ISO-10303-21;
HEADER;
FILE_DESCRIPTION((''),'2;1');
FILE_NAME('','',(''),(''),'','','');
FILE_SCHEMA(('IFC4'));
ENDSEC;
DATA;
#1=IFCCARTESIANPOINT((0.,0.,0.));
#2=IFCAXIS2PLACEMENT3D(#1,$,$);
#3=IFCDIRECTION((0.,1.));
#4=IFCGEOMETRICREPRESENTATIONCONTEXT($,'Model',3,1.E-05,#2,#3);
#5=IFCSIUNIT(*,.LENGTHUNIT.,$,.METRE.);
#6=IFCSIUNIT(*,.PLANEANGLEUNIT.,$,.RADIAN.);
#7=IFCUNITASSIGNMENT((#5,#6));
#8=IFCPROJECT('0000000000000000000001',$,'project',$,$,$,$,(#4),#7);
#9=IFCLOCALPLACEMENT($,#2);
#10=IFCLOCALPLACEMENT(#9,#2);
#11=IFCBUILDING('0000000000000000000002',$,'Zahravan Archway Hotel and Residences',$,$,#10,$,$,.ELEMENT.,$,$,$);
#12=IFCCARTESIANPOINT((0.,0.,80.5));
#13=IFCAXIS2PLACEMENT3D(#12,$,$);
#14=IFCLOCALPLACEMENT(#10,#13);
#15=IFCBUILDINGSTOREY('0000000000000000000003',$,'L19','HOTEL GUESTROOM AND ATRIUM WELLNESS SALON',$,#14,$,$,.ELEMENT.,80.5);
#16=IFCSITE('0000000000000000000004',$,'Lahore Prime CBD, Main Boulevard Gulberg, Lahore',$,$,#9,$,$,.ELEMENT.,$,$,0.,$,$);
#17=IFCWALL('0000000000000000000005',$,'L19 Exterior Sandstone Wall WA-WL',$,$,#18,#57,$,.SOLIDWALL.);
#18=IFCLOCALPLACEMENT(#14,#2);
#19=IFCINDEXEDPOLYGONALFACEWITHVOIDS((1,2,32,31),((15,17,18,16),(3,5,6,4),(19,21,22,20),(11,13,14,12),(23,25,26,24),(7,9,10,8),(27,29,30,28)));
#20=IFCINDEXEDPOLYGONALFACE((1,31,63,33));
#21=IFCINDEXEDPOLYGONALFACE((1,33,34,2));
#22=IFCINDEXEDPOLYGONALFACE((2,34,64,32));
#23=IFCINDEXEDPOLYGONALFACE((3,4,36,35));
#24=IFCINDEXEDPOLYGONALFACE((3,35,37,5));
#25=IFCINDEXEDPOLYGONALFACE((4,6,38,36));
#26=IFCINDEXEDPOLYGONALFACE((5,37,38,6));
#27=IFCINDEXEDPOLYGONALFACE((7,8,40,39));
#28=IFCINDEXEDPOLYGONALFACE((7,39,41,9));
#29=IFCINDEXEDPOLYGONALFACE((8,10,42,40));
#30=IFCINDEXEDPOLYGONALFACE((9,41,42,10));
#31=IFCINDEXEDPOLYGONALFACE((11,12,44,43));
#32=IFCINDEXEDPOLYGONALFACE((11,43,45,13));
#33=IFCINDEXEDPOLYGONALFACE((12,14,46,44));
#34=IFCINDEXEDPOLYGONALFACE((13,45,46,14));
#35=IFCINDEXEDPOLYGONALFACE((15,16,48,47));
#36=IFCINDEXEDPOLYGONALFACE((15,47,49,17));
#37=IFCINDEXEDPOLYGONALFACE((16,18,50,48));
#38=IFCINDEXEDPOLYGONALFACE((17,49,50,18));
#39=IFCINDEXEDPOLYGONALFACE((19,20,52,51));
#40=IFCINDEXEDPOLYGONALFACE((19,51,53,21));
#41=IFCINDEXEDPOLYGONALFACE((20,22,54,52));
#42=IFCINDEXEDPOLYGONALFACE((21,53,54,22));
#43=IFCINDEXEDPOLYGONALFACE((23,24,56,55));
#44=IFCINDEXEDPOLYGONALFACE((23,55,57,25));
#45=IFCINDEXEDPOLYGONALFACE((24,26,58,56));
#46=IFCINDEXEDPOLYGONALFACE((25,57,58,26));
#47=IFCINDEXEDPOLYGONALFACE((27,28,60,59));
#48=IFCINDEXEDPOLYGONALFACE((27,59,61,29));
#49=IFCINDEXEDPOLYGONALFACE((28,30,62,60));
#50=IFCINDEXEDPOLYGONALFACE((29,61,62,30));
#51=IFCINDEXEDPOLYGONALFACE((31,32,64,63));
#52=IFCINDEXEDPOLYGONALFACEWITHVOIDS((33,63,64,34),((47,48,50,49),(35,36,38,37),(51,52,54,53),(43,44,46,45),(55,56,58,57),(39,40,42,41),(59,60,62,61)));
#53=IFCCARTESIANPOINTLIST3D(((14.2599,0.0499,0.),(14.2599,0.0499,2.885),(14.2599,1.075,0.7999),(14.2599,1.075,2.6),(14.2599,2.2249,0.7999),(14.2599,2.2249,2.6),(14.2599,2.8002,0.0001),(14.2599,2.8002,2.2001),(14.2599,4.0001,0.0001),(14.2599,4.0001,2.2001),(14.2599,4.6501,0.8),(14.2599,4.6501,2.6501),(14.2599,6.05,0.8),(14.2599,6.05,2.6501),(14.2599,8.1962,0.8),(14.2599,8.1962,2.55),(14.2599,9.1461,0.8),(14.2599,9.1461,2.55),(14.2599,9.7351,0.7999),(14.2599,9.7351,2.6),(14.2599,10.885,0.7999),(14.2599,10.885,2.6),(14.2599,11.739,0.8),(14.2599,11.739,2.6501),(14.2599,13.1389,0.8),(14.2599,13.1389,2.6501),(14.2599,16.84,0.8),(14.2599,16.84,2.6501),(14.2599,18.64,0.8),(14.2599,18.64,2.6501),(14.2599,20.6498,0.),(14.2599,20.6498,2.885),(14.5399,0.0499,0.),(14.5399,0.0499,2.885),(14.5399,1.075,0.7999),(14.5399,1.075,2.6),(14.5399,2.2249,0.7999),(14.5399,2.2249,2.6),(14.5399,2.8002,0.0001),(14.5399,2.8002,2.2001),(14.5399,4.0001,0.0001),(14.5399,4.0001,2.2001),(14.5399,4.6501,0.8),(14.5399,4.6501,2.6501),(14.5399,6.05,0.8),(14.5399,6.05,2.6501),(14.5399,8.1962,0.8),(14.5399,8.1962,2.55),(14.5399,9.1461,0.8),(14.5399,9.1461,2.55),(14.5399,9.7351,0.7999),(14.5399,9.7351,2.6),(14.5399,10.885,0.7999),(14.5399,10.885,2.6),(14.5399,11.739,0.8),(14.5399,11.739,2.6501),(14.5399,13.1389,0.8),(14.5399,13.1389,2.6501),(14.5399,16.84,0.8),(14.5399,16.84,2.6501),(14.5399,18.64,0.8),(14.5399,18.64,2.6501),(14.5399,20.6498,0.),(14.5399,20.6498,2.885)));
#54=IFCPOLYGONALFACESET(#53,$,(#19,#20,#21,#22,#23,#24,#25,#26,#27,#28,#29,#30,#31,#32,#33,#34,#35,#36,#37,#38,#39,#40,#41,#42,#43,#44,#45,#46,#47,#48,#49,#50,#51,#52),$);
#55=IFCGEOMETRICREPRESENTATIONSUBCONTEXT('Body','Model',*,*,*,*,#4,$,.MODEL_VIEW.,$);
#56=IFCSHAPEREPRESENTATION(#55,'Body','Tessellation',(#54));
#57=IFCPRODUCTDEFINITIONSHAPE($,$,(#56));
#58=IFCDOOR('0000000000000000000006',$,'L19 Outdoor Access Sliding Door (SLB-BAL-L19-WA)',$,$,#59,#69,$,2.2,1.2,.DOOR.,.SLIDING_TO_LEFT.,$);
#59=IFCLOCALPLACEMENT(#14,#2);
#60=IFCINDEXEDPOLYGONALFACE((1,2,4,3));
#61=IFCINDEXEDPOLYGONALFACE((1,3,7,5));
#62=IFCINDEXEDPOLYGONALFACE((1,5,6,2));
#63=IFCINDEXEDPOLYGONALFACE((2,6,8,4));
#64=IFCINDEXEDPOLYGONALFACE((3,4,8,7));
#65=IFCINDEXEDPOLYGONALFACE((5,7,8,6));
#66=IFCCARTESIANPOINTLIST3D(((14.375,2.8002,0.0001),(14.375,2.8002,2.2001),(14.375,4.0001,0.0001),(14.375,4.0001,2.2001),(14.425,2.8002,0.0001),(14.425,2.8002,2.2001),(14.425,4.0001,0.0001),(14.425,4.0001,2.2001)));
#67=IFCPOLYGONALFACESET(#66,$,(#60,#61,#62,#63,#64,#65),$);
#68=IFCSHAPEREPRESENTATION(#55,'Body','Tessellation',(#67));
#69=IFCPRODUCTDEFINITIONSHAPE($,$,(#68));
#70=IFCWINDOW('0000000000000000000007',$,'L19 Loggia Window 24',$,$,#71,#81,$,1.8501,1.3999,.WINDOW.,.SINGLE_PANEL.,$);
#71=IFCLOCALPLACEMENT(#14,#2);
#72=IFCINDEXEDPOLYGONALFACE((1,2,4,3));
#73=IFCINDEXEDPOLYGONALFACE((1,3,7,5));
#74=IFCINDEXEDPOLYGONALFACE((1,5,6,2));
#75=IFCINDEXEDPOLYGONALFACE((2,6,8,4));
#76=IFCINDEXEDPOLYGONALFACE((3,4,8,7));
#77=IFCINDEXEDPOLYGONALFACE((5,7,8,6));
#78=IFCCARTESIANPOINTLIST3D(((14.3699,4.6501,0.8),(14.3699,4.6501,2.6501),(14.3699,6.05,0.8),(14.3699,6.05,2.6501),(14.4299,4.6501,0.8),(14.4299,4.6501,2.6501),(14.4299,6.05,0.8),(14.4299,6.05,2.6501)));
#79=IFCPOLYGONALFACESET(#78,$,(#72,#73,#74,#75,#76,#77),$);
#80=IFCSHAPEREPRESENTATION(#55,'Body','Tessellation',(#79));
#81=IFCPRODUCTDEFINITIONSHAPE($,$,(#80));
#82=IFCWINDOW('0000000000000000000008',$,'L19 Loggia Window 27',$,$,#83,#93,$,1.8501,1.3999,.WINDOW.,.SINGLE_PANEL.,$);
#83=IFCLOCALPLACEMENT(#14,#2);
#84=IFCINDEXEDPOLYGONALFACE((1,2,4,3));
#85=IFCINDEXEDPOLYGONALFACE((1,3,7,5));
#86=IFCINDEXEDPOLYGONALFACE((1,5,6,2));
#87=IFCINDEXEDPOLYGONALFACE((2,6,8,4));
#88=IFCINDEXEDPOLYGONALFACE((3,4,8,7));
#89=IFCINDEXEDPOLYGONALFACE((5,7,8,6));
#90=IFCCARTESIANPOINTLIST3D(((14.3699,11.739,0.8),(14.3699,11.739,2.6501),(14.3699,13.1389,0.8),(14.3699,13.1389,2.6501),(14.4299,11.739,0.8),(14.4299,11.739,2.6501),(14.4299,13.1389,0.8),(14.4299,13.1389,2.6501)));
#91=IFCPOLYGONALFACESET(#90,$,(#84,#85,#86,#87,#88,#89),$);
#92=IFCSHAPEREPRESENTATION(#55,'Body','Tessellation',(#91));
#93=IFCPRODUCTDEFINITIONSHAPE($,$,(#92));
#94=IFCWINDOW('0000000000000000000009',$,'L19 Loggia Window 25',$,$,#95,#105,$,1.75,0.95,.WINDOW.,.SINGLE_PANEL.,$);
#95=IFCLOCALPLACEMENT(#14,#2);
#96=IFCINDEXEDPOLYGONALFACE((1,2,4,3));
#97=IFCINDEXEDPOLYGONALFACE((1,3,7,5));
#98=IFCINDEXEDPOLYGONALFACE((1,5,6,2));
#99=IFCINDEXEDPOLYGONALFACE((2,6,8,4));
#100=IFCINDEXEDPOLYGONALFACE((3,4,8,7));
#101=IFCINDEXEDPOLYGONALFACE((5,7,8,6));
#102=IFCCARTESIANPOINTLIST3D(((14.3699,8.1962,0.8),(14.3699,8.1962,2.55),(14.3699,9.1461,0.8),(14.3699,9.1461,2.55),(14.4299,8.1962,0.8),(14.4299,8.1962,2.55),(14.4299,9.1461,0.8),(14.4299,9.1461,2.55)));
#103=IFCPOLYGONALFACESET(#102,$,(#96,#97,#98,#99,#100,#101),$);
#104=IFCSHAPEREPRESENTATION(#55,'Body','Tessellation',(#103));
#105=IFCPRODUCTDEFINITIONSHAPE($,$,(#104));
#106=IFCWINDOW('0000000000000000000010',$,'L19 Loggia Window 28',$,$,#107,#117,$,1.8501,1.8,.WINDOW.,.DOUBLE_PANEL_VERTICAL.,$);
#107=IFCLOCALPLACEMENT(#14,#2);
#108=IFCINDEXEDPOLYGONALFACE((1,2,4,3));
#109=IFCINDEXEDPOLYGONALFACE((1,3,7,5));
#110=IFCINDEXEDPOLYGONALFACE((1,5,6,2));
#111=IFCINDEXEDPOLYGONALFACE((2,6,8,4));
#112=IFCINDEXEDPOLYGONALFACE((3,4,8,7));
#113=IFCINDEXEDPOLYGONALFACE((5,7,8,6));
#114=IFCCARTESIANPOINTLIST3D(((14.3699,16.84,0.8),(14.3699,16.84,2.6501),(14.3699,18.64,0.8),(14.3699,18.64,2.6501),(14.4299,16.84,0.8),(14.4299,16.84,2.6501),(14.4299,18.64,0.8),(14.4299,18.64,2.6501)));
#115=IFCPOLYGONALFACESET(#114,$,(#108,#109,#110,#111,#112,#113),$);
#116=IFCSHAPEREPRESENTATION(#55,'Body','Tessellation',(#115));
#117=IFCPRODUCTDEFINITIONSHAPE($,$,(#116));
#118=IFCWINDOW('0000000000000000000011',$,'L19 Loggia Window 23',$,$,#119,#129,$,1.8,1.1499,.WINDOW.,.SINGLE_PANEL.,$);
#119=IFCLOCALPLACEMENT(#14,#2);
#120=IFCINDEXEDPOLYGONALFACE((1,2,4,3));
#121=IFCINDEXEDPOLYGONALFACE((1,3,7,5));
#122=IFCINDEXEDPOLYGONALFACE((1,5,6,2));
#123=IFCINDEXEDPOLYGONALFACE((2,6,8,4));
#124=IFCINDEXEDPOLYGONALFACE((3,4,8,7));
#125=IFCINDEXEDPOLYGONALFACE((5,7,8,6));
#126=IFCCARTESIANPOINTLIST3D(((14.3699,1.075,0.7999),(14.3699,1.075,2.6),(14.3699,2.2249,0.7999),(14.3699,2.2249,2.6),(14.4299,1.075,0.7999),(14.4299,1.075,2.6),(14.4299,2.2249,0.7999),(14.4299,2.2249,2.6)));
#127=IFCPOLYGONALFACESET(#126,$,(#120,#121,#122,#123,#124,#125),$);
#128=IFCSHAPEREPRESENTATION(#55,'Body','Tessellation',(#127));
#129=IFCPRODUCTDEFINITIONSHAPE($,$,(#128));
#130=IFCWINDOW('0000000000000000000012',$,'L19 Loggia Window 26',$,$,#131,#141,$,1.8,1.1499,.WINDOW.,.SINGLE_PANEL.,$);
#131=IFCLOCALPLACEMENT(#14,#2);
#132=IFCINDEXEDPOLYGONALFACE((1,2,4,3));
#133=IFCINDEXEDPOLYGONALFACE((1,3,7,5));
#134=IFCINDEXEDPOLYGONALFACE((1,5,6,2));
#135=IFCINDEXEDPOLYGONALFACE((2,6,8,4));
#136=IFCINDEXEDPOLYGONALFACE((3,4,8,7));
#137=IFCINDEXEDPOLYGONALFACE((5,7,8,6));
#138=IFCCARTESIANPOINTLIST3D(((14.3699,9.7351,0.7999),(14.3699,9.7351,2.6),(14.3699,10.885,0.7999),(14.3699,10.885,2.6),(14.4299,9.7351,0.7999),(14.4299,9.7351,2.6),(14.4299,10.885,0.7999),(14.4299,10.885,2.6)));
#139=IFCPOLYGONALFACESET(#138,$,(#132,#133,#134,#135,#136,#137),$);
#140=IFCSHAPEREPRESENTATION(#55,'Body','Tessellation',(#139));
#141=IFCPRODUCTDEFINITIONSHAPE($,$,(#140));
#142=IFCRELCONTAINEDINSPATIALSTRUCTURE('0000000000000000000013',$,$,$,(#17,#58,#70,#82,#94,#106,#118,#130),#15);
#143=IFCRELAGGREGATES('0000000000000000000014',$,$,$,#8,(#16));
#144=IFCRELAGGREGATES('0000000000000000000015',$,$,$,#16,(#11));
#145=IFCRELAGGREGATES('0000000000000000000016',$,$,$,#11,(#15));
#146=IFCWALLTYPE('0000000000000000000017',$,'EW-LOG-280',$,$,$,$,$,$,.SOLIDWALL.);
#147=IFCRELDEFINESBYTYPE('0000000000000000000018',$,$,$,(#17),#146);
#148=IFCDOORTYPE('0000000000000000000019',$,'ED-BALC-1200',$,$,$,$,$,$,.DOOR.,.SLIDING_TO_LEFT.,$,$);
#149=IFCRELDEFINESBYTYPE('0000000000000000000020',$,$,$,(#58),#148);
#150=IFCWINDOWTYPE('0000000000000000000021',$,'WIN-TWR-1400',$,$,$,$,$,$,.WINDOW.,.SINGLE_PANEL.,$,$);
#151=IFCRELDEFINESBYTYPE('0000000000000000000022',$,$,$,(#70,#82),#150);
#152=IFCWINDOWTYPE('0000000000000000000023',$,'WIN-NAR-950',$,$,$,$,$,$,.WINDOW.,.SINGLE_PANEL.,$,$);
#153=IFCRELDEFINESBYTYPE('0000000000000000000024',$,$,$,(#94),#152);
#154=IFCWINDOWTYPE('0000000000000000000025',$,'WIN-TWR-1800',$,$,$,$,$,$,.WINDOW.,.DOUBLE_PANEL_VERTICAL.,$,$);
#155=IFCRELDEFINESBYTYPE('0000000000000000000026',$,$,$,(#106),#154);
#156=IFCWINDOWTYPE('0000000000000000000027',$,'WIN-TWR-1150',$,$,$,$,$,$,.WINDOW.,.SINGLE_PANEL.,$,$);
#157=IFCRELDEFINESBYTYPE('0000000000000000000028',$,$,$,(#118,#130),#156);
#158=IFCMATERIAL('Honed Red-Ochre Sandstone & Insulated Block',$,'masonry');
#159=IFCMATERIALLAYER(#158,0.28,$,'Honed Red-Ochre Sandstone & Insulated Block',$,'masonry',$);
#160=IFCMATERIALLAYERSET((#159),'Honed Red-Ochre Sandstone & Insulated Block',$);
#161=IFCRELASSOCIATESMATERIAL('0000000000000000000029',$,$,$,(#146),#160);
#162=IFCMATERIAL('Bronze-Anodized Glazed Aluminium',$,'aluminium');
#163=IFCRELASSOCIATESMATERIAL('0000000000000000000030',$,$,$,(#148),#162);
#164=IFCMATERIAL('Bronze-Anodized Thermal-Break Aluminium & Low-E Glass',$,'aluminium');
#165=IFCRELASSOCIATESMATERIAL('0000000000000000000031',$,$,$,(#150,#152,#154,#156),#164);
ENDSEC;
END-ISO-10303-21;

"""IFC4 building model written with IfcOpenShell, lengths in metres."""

from ifc_helpers import new_model, si_unit, direction, frame, frame_2d, origin, place, context, subcontext, project, spatial, rectangle, extrude, source, transform, mapped, material, layer, layer_set, type_object, type_shapes, element, fill, save


model = new_model("IFC4")

# Units and contexts
model_context = context("Model", 3, precision=1e-05, world=origin(), true_north=direction((0.0, 1.0)))
body_context = subcontext(model_context, "Body", "Model", "MODEL_VIEW")
ifc_project = project(units=[si_unit("LENGTHUNIT", "METRE"), si_unit("PLANEANGLEUNIT", "RADIAN")], contexts=[model_context])

# Site, building, storey
site_placement = place(None, origin())
site = spatial("IfcSite", under=ifc_project, at=site_placement, Name="Lahore Prime CBD, Main Boulevard Gulberg, Lahore", CompositionType="ELEMENT", RefElevation=0.0)
building_placement = place(site_placement, origin())
building = spatial("IfcBuilding", under=site, at=building_placement, Name="Zahravan Archway Hotel and Residences", CompositionType="ELEMENT")
storey_placement = place(building_placement, frame((0.0, 0.0, 80.5)))
storey = spatial("IfcBuildingStorey", under=building, at=storey_placement, Name="L19", Description="HOTEL GUESTROOM AND ATRIUM WELLNESS SALON", CompositionType="ELEMENT", Elevation=80.5)

# Wall, openings, door, windows
ifc_material_1 = material(Name="Honed Red-Ochre Sandstone & Insulated Block", Category="masonry")
ifc_layer = layer(ifc_material_1, 0.28, Name="Honed Red-Ochre Sandstone & Insulated Block", Category="masonry")
ifc_layer_set = layer_set([ifc_layer], Name="Honed Red-Ochre Sandstone & Insulated Block")
wall_type = type_object("IfcWallType", Name="EW-LOG-280", PredefinedType="SOLIDWALL", material=ifc_layer_set)
wall_placement = place(storey_placement, frame((14.3999, 0.05, 0.0), z_axis=(0.0, 0.0, 1.0), x_axis=(0.0, 1.0, 0.0)))
wall = element("IfcWall", 1, at=wall_placement, inside=storey, type_object=wall_type, Name="L19 Exterior Sandstone Wall WA-WL", PredefinedType="SOLIDWALL", context=body_context, shape_type="SweptSolid", body=[
    extrude(rectangle(XDim=20.5999, YDim=0.28, at=frame_2d((10.2998, 0.0))), origin(), (0.0, 0.0, 1.0), 2.885),
])
opening_1_placement = place(wall_placement, frame((2.75, 0.0, 0.0)))
opening_1 = element("IfcOpeningElement", 2, at=opening_1_placement, cuts=wall, PredefinedType="OPENING", context=body_context, shape_type="SweptSolid", body=[
    extrude(rectangle(XDim=1.2, YDim=2.2, at=frame_2d((0.6001, 1.1001))), frame((0.0, 0.1499, 0.0), z_axis=(0.0, -1.0, 0.0), x_axis=(1.0, 0.0, 0.0)), (0.0, 0.0, 1.0), 0.3),
])
opening_2_placement = place(wall_placement, frame((1.0249, 0.0, 0.8)))
opening_2 = element("IfcOpeningElement", 3, at=opening_2_placement, cuts=wall, PredefinedType="OPENING", context=body_context, shape_type="SweptSolid", body=[
    extrude(rectangle(XDim=1.1499, YDim=1.8, at=frame_2d((0.575, 0.8999))), frame((0.0, 0.1499, 0.0), z_axis=(0.0, -1.0, 0.0), x_axis=(1.0, 0.0, 0.0)), (0.0, 0.0, 1.0), 0.3),
])
opening_3_placement = place(wall_placement, frame((4.6001, 0.0, 0.8)))
opening_3 = element("IfcOpeningElement", 4, at=opening_3_placement, cuts=wall, PredefinedType="OPENING", context=body_context, shape_type="SweptSolid", body=[
    extrude(rectangle(XDim=1.3999, YDim=1.8501, at=frame_2d((0.7, 0.925))), frame((0.0, 0.1499, 0.0), z_axis=(0.0, -1.0, 0.0), x_axis=(1.0, 0.0, 0.0)), (0.0, 0.0, 1.0), 0.3),
])
opening_4_placement = place(wall_placement, frame((8.146, 0.0, 0.8)))
opening_4 = element("IfcOpeningElement", 5, at=opening_4_placement, cuts=wall, PredefinedType="OPENING", context=body_context, shape_type="SweptSolid", body=[
    extrude(rectangle(XDim=0.95, YDim=1.75, at=frame_2d((0.4751, 0.875))), frame((0.0, 0.1499, 0.0), z_axis=(0.0, -1.0, 0.0), x_axis=(1.0, 0.0, 0.0)), (0.0, 0.0, 1.0), 0.3),
])
opening_5_placement = place(wall_placement, frame((9.6851, 0.0, 0.8)))
opening_5 = element("IfcOpeningElement", 6, at=opening_5_placement, cuts=wall, PredefinedType="OPENING", context=body_context, shape_type="SweptSolid", body=[
    extrude(rectangle(XDim=1.1499, YDim=1.8, at=frame_2d((0.575, 0.8999))), frame((0.0, 0.1499, 0.0), z_axis=(0.0, -1.0, 0.0), x_axis=(1.0, 0.0, 0.0)), (0.0, 0.0, 1.0), 0.3),
])
opening_6_placement = place(wall_placement, frame((11.689, 0.0, 0.8)))
opening_6 = element("IfcOpeningElement", 7, at=opening_6_placement, cuts=wall, PredefinedType="OPENING", context=body_context, shape_type="SweptSolid", body=[
    extrude(rectangle(XDim=1.3999, YDim=1.8501, at=frame_2d((0.7, 0.925))), frame((0.0, 0.1499, 0.0), z_axis=(0.0, -1.0, 0.0), x_axis=(1.0, 0.0, 0.0)), (0.0, 0.0, 1.0), 0.3),
])
opening_7_placement = place(wall_placement, frame((16.79, 0.0, 0.8)))
opening_7 = element("IfcOpeningElement", 8, at=opening_7_placement, cuts=wall, PredefinedType="OPENING", context=body_context, shape_type="SweptSolid", body=[
    extrude(rectangle(XDim=1.8, YDim=1.8501, at=frame_2d((0.8999, 0.925))), frame((0.0, 0.1499, 0.0), z_axis=(0.0, -1.0, 0.0), x_axis=(1.0, 0.0, 0.0)), (0.0, 0.0, 1.0), 0.3),
])
ifc_material_2 = material(Name="Bronze-Anodized Glazed Aluminium", Category="aluminium")
door_type = type_object("IfcDoorType", Name="ED-BALC-1200", OperationType="SLIDING_TO_LEFT", PredefinedType="DOOR", material=ifc_material_2)
shared_shape_1 = source(origin(), body_context, "Body", "SweptSolid", [
    extrude(rectangle(XDim=1.2, YDim=2.2, at=frame_2d((0.6001, 1.1001))), frame((0.0, 0.0249, 0.0), z_axis=(0.0, -1.0, 0.0), x_axis=(1.0, 0.0, 0.0)), (0.0, 0.0, 1.0), 0.05),
])
type_shapes(door_type, [shared_shape_1])
door_placement = place(opening_1_placement, origin())
door = element("IfcDoor", 9, at=door_placement, inside=storey, type_object=door_type, Name="L19 Outdoor Access Sliding Door (SLB-BAL-L19-WA)", OperationType="SLIDING_TO_LEFT", OverallHeight=2.2, OverallWidth=1.2, PredefinedType="DOOR", context=body_context, shape_type="MappedRepresentation", body=[
    mapped(shared_shape_1, transform((0.0, 0.0, 0.0), scale=1.0)),
])
fill(opening_1, door)
ifc_material_3 = material(Name="Bronze-Anodized Thermal-Break Aluminium & Low-E Glass", Category="aluminium")
window_type_1 = type_object("IfcWindowType", Name="WIN-TWR-1400", PartitioningType="SINGLE_PANEL", PredefinedType="WINDOW", material=ifc_material_3)
shared_shape_2 = source(origin(), body_context, "Body", "SweptSolid", [
    extrude(rectangle(XDim=1.3999, YDim=1.8501, at=frame_2d((0.7, 0.925))), frame((0.0, 0.03, 0.0), z_axis=(0.0, -1.0, 0.0), x_axis=(1.0, 0.0, 0.0)), (0.0, 0.0, 1.0), 0.0601),
])
type_shapes(window_type_1, [shared_shape_2])
window_1_placement = place(opening_3_placement, origin())
window_1 = element("IfcWindow", 10, at=window_1_placement, inside=storey, type_object=window_type_1, Name="L19 Loggia Window 24", OverallHeight=1.8501, OverallWidth=1.3999, PartitioningType="SINGLE_PANEL", PredefinedType="WINDOW", context=body_context, shape_type="MappedRepresentation", body=[
    mapped(shared_shape_2, transform((0.0, 0.0, 0.0), scale=1.0)),
])
fill(opening_3, window_1)
window_2_placement = place(opening_6_placement, origin())
window_2 = element("IfcWindow", 11, at=window_2_placement, inside=storey, type_object=window_type_1, Name="L19 Loggia Window 27", OverallHeight=1.8501, OverallWidth=1.3999, PartitioningType="SINGLE_PANEL", PredefinedType="WINDOW", context=body_context, shape_type="MappedRepresentation", body=[
    mapped(shared_shape_2, transform((0.0, 0.0, 0.0), scale=1.0)),
])
fill(opening_6, window_2)
window_type_2 = type_object("IfcWindowType", Name="WIN-NAR-950", PartitioningType="SINGLE_PANEL", PredefinedType="WINDOW", material=ifc_material_3)
shared_shape_3 = source(origin(), body_context, "Body", "SweptSolid", [
    extrude(rectangle(XDim=0.95, YDim=1.75, at=frame_2d((0.4751, 0.875))), frame((0.0, 0.03, 0.0), z_axis=(0.0, -1.0, 0.0), x_axis=(1.0, 0.0, 0.0)), (0.0, 0.0, 1.0), 0.0601),
])
type_shapes(window_type_2, [shared_shape_3])
window_3_placement = place(opening_4_placement, origin())
window_3 = element("IfcWindow", 12, at=window_3_placement, inside=storey, type_object=window_type_2, Name="L19 Loggia Window 25", OverallHeight=1.75, OverallWidth=0.95, PartitioningType="SINGLE_PANEL", PredefinedType="WINDOW", context=body_context, shape_type="MappedRepresentation", body=[
    mapped(shared_shape_3, transform((0.0, 0.0, 0.0), scale=1.0)),
])
fill(opening_4, window_3)
window_type_3 = type_object("IfcWindowType", Name="WIN-TWR-1800", PartitioningType="DOUBLE_PANEL_VERTICAL", PredefinedType="WINDOW", material=ifc_material_3)
shared_shape_4 = source(origin(), body_context, "Body", "SweptSolid", [
    extrude(rectangle(XDim=1.8, YDim=1.8501, at=frame_2d((0.8999, 0.925))), frame((0.0, 0.03, 0.0), z_axis=(0.0, -1.0, 0.0), x_axis=(1.0, 0.0, 0.0)), (0.0, 0.0, 1.0), 0.0601),
])
type_shapes(window_type_3, [shared_shape_4])
window_4_placement = place(opening_7_placement, origin())
window_4 = element("IfcWindow", 13, at=window_4_placement, inside=storey, type_object=window_type_3, Name="L19 Loggia Window 28", OverallHeight=1.8501, OverallWidth=1.8, PartitioningType="DOUBLE_PANEL_VERTICAL", PredefinedType="WINDOW", context=body_context, shape_type="MappedRepresentation", body=[
    mapped(shared_shape_4, transform((0.0, 0.0, 0.0), scale=1.0)),
])
fill(opening_7, window_4)
window_type_4 = type_object("IfcWindowType", Name="WIN-TWR-1150", PartitioningType="SINGLE_PANEL", PredefinedType="WINDOW", material=ifc_material_3)
shared_shape_5 = source(origin(), body_context, "Body", "SweptSolid", [
    extrude(rectangle(XDim=1.1499, YDim=1.8, at=frame_2d((0.575, 0.8999))), frame((0.0, 0.03, 0.0), z_axis=(0.0, -1.0, 0.0), x_axis=(1.0, 0.0, 0.0)), (0.0, 0.0, 1.0), 0.0601),
])
type_shapes(window_type_4, [shared_shape_5])
window_5_placement = place(opening_2_placement, origin())
window_5 = element("IfcWindow", 14, at=window_5_placement, inside=storey, type_object=window_type_4, Name="L19 Loggia Window 23", OverallHeight=1.8, OverallWidth=1.1499, PartitioningType="SINGLE_PANEL", PredefinedType="WINDOW", context=body_context, shape_type="MappedRepresentation", body=[
    mapped(shared_shape_5, transform((0.0, 0.0, 0.0), scale=1.0)),
])
fill(opening_2, window_5)
window_6_placement = place(opening_5_placement, origin())
window_6 = element("IfcWindow", 15, at=window_6_placement, inside=storey, type_object=window_type_4, Name="L19 Loggia Window 26", OverallHeight=1.8, OverallWidth=1.1499, PartitioningType="SINGLE_PANEL", PredefinedType="WINDOW", context=body_context, shape_type="MappedRepresentation", body=[
    mapped(shared_shape_5, transform((0.0, 0.0, 0.0), scale=1.0)),
])
fill(opening_5, window_6)

save(model, "model.ifc")
